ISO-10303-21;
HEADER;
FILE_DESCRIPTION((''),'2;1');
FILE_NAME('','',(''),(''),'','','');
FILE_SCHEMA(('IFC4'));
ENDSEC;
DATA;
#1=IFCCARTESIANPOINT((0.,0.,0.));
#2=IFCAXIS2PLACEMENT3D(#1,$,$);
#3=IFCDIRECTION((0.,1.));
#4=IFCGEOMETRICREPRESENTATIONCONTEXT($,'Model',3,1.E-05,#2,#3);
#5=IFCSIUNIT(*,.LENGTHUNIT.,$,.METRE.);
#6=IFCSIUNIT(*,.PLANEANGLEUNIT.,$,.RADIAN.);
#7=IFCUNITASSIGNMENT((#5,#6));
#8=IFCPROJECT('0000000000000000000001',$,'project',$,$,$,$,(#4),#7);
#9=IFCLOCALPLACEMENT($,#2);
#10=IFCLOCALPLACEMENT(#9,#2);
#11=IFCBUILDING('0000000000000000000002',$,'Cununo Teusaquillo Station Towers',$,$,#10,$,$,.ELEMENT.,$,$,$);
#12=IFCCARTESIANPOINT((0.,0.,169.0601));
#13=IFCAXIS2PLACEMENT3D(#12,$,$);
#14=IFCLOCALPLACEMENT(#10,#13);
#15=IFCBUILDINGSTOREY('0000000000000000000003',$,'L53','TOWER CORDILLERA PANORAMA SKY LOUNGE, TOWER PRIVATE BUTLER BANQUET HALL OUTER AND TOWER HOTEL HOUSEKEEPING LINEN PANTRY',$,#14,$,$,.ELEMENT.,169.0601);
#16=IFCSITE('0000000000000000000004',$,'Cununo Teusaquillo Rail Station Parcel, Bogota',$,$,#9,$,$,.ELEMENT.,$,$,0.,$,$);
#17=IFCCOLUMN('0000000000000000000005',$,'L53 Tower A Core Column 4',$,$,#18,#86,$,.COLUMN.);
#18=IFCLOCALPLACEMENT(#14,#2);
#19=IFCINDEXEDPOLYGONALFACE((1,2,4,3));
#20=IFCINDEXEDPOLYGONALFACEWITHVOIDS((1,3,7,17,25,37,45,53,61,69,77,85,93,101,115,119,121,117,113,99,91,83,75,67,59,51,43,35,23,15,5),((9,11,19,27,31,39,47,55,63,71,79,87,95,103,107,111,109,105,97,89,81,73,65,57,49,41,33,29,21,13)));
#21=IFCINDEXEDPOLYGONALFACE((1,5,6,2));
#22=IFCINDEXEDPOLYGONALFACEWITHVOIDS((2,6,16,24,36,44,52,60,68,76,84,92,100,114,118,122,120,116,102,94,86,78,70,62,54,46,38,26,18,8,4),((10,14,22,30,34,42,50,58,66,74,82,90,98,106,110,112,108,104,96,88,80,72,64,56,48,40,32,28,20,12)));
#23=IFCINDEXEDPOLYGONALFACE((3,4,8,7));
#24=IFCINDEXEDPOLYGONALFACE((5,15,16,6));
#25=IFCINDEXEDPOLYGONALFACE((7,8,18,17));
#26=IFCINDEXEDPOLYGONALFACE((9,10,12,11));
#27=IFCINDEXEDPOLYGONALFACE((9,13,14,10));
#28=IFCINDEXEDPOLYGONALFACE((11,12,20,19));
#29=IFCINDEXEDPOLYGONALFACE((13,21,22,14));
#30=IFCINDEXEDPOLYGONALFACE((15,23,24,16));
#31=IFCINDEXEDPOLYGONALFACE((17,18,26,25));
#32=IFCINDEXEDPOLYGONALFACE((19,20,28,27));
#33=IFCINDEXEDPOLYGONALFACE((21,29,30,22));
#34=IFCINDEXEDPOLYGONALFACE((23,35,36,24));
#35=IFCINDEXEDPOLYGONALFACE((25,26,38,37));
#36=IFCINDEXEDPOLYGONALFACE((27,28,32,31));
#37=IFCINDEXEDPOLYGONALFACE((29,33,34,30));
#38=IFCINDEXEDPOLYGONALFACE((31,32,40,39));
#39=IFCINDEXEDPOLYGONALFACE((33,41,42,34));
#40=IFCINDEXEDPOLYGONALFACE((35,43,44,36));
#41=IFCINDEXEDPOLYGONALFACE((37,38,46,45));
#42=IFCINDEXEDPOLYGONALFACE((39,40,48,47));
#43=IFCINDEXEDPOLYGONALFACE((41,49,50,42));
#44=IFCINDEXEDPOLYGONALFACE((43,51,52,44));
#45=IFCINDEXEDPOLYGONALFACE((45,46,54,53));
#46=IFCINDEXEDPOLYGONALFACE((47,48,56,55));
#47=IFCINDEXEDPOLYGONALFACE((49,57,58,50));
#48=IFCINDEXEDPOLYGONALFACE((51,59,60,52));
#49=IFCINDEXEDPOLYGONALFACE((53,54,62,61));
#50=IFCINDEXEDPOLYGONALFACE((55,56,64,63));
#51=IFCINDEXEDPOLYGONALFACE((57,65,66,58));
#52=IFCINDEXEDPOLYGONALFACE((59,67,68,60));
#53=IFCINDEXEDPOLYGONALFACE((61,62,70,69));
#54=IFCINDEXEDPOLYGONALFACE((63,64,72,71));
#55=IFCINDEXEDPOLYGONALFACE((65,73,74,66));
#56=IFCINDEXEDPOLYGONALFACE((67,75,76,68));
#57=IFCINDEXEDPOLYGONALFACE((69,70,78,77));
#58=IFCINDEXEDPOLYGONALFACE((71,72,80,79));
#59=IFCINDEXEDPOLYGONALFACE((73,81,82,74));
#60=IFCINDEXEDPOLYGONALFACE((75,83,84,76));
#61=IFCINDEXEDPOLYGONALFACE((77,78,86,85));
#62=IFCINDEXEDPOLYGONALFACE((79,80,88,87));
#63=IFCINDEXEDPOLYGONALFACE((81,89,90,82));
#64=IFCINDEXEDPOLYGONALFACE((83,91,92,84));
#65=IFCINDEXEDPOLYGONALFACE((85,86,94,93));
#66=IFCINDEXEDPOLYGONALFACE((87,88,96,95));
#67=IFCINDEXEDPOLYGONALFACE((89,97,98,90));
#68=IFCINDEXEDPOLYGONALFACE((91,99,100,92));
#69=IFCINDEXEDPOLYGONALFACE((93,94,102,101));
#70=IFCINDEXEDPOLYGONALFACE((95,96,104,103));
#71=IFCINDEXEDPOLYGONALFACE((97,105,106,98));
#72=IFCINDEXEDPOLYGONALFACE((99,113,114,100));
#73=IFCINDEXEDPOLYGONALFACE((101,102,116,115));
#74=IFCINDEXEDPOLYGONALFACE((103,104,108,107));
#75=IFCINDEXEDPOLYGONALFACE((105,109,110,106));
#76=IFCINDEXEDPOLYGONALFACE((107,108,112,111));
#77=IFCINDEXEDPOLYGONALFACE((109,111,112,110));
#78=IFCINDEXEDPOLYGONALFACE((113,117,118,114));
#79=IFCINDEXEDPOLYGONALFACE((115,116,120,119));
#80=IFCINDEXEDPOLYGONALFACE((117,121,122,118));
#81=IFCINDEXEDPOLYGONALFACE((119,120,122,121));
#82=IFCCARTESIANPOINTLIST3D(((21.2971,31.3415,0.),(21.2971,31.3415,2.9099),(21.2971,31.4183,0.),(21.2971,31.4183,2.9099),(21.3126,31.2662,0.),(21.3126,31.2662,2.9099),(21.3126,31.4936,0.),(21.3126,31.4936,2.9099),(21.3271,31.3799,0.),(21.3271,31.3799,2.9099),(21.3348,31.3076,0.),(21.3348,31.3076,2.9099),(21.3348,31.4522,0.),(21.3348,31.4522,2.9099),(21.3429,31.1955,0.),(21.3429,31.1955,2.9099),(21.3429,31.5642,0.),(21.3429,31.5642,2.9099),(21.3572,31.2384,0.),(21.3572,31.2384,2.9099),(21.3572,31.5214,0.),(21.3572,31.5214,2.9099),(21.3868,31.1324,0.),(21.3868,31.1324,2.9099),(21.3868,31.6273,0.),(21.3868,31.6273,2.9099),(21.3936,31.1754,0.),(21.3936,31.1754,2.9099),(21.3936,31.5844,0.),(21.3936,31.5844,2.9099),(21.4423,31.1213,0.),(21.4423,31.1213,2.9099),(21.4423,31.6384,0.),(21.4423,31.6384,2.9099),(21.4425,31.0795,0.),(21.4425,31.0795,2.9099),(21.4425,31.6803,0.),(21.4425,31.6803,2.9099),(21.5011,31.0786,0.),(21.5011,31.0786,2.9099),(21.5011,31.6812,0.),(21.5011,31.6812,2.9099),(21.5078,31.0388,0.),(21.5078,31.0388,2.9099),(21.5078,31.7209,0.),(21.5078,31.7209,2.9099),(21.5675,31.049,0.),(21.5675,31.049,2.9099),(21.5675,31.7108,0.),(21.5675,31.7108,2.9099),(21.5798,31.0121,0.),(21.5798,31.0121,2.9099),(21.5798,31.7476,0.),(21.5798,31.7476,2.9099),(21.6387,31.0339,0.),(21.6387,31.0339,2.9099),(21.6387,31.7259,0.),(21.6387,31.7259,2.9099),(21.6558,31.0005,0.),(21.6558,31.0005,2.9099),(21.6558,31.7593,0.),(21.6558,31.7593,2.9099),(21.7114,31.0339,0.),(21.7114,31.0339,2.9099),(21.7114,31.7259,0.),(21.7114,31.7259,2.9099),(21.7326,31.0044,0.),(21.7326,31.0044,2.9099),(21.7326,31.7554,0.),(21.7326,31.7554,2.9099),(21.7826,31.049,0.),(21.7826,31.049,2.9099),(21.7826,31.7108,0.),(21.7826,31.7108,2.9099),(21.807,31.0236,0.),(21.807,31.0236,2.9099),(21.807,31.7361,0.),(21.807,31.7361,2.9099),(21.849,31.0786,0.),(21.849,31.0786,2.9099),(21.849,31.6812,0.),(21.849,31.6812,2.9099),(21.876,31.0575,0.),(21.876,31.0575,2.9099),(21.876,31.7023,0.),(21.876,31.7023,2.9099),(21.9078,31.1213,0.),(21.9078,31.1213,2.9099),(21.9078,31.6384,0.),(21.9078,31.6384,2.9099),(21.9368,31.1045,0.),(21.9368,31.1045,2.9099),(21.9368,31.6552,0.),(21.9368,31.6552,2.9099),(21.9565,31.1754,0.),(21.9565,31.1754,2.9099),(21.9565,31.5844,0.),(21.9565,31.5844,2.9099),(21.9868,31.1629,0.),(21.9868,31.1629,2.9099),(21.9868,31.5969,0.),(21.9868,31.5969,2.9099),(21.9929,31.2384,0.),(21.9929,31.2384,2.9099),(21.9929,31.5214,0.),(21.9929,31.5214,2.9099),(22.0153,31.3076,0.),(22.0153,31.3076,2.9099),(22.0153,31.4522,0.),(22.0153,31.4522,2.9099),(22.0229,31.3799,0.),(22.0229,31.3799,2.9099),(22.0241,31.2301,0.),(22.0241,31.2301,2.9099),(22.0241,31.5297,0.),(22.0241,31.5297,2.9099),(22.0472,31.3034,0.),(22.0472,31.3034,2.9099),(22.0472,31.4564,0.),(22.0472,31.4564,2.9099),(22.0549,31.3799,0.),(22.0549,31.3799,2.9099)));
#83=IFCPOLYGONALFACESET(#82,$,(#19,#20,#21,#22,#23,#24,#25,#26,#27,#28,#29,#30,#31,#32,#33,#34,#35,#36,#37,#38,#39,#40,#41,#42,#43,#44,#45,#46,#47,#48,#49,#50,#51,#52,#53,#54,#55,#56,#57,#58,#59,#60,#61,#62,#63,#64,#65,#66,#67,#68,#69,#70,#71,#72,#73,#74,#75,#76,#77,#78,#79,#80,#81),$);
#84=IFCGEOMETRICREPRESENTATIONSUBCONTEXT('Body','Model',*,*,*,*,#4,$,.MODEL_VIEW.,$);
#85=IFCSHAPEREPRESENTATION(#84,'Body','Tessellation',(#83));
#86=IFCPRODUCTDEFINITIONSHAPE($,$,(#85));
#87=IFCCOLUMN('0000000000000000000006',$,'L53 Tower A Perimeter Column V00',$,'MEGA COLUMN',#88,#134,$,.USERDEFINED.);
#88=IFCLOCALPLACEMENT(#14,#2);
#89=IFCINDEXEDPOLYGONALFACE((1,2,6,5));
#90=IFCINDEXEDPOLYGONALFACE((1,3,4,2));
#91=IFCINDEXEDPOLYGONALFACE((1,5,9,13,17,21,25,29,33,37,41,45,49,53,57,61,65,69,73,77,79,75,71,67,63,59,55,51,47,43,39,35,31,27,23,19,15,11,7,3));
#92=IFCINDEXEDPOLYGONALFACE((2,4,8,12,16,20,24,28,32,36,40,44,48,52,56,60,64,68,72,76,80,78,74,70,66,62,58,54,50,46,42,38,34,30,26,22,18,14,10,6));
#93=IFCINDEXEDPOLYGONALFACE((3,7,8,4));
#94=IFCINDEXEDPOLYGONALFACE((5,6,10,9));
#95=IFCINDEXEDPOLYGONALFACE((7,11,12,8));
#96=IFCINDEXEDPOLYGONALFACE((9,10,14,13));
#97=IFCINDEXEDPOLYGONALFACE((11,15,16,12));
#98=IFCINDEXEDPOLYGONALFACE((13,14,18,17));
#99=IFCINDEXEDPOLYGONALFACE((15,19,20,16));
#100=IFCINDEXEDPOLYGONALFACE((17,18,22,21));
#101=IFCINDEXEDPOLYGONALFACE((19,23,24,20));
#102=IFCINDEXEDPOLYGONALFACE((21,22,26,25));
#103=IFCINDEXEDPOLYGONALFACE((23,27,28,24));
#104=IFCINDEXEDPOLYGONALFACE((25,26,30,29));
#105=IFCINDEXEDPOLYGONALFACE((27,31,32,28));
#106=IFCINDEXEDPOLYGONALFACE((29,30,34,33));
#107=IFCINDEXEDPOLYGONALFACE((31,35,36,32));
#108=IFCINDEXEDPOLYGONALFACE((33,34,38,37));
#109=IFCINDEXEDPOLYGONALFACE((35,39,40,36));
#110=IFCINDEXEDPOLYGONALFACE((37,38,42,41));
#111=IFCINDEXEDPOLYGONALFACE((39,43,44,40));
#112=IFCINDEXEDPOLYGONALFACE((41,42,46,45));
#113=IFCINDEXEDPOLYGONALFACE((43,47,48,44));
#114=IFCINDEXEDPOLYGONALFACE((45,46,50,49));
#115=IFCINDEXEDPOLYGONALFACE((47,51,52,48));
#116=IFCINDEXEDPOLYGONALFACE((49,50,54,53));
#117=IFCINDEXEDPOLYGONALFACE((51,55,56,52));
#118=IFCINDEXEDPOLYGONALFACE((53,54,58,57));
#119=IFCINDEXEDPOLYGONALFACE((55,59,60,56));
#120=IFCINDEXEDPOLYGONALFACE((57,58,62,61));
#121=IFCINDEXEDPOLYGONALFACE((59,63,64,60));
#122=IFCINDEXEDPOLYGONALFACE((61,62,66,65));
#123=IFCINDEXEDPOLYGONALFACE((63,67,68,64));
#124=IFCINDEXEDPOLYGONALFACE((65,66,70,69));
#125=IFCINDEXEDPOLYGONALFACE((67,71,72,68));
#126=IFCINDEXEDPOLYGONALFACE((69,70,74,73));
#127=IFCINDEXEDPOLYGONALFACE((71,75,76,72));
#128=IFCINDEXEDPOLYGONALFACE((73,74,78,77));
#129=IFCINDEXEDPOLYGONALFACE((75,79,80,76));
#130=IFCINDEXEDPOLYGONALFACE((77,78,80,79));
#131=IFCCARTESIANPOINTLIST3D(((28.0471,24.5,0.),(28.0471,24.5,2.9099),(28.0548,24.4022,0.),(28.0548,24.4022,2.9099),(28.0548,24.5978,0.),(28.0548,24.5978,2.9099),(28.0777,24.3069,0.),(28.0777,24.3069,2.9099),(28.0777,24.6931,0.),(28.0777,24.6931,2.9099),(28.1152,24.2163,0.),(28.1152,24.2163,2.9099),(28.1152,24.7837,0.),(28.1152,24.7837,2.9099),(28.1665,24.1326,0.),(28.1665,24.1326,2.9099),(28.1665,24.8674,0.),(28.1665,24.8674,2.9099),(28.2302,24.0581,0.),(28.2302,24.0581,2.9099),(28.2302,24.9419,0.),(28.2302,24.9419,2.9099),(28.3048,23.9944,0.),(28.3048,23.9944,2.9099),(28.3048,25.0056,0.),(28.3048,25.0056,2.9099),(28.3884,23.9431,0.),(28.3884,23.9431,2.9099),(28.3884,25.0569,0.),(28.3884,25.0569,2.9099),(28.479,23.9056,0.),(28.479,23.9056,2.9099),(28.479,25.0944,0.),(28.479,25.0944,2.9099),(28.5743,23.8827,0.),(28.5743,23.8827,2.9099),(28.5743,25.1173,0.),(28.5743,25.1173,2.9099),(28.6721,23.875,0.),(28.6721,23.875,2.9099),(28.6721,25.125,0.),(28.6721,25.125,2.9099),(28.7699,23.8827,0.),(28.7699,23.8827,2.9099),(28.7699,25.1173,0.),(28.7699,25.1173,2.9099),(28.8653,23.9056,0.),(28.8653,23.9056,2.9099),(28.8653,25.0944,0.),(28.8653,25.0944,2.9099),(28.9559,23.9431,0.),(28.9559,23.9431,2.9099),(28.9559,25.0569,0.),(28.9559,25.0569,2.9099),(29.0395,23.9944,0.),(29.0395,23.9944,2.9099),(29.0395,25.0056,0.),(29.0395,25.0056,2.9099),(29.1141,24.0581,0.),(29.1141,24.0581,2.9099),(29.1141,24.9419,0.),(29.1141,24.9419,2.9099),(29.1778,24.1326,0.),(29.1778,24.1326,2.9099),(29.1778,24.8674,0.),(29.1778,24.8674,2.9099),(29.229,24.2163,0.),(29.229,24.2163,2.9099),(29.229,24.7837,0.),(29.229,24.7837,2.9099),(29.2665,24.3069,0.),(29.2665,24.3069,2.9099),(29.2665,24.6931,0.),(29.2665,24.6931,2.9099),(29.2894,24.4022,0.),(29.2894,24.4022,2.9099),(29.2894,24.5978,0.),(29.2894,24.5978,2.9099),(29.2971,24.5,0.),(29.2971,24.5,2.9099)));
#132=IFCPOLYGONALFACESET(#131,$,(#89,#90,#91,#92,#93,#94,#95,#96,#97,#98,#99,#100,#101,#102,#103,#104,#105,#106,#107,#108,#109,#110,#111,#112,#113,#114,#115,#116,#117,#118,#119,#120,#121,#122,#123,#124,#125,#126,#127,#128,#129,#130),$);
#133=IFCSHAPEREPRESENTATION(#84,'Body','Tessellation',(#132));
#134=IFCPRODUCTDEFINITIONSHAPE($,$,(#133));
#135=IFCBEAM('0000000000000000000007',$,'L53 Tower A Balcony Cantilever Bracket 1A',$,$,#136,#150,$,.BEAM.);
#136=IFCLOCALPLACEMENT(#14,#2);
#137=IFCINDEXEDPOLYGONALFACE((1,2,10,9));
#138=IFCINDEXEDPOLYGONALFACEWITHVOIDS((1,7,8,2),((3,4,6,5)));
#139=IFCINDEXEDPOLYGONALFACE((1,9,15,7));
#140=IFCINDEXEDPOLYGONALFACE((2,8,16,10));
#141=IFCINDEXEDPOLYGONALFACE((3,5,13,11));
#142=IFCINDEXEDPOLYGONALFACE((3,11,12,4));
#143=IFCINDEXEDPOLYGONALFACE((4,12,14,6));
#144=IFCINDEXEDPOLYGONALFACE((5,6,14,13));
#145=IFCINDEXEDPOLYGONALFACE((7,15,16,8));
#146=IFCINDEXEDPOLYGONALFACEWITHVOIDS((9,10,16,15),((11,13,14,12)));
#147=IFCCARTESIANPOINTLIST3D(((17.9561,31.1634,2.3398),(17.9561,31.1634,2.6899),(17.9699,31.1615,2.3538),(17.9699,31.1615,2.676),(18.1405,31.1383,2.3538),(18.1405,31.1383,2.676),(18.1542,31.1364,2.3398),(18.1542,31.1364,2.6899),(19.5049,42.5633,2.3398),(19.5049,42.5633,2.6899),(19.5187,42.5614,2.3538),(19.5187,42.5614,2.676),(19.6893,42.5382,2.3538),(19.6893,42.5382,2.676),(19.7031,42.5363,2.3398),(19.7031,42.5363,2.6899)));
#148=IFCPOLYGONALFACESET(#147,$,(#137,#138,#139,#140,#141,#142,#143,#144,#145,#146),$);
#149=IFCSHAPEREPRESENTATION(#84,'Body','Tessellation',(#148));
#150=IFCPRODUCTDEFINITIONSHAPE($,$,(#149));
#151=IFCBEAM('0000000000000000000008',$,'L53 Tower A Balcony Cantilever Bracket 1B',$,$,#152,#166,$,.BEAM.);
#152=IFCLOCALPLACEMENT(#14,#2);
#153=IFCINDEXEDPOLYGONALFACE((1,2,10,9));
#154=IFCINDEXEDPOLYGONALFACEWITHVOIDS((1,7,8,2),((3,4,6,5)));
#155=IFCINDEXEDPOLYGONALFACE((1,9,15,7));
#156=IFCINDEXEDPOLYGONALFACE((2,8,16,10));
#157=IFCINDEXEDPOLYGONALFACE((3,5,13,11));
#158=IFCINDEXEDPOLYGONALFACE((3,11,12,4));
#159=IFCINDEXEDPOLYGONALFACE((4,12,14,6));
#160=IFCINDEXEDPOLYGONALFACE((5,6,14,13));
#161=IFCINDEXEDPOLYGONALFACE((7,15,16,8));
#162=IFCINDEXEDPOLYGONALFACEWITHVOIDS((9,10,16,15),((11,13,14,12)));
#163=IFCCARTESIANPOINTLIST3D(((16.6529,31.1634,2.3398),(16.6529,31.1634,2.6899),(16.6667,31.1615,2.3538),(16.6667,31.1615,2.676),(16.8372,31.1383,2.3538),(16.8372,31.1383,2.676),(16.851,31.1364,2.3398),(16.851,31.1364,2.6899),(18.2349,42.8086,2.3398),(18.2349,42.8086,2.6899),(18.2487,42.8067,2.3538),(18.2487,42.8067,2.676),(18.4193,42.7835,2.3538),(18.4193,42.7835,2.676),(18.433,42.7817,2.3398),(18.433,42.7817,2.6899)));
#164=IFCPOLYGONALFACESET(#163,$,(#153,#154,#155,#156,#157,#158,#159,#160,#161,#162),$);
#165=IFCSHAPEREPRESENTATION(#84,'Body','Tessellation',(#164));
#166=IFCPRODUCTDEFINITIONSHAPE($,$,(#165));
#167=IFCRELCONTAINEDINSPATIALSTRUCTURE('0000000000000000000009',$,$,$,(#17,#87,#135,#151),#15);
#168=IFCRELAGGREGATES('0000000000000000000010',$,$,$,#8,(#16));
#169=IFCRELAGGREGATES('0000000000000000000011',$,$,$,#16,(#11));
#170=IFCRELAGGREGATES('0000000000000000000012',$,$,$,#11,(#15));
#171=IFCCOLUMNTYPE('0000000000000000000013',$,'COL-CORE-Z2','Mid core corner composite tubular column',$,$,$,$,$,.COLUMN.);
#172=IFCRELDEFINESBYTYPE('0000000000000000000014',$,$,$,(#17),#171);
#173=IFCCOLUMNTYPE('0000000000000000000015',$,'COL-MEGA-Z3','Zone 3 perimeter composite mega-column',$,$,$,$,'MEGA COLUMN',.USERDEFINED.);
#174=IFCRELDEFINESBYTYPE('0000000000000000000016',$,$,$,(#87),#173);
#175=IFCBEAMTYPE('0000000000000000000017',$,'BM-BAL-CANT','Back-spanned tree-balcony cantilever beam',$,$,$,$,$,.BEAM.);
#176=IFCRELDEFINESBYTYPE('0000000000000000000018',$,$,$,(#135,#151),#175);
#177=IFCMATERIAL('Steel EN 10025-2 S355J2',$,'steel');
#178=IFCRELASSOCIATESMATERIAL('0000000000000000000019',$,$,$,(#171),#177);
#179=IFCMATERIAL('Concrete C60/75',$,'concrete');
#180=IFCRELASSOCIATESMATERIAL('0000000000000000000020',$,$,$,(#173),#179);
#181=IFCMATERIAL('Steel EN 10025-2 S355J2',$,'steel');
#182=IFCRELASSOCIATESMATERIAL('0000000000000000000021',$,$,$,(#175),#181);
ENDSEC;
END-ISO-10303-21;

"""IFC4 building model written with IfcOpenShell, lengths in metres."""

from ifc_helpers import new_model, si_unit, direction, frame, origin, origin_2d, place, context, subcontext, project, spatial, hollow_rectangle, circle, hollow_circle, extrude, material, material_profile, profile_set, type_object, element, save


model = new_model("IFC4")

# Units and contexts
model_context = context("Model", 3, precision=1e-05, world=origin(), true_north=direction((0.0, 1.0)))
body_context = subcontext(model_context, "Body", "Model", "MODEL_VIEW")
ifc_project = project(units=[si_unit("LENGTHUNIT", "METRE"), si_unit("PLANEANGLEUNIT", "RADIAN")], contexts=[model_context])

# Site, building, storey
site_placement = place(None, origin())
site = spatial("IfcSite", under=ifc_project, at=site_placement, Name="Cununo Teusaquillo Rail Station Parcel, Bogota", CompositionType="ELEMENT", RefElevation=0.0)
building_placement = place(site_placement, origin())
building = spatial("IfcBuilding", under=site, at=building_placement, Name="Cununo Teusaquillo Station Towers", CompositionType="ELEMENT")
storey_placement = place(building_placement, frame((0.0, 0.0, 169.0601)))
storey = spatial("IfcBuildingStorey", under=building, at=storey_placement, Name="L53", Description="TOWER CORDILLERA PANORAMA SKY LOUNGE, TOWER PRIVATE BUTLER BANQUET HALL OUTER AND TOWER HOTEL HOUSEKEEPING LINEN PANTRY", CompositionType="ELEMENT", Elevation=169.0601)

# Columns
ifc_material_1 = material(Name="Steel EN 10025-2 S355J2", Category="steel")
ifc_material_profile_1 = material_profile(ifc_material_1, hollow_circle(Radius=0.3799, WallThickness=0.032, at=origin_2d()), Name="CHS 760x32")
ifc_profile_set_1 = profile_set([ifc_material_profile_1], Name="Steel EN 10025-2 S355J2")
column_type_1 = type_object("IfcColumnType", Name="COL-CORE-Z2", Description="Mid core corner composite tubular column", PredefinedType="COLUMN", material=ifc_profile_set_1)
column_1_placement = place(storey_placement, frame((21.675, 31.3799, 0.0), z_axis=(0.0, 0.0, 1.0), x_axis=(1.0, 0.0, 0.0)))
element("IfcColumn", 1, at=column_1_placement, inside=storey, type_object=column_type_1, Name="L53 Tower A Core Column 4", PredefinedType="COLUMN", context=body_context, shape_type="SweptSolid", body=[
    extrude(hollow_circle(Radius=0.3799, WallThickness=0.032, at=origin_2d()), origin(), (0.0, 0.0, 1.0), 2.9099),
])
ifc_material_2 = material(Name="Concrete C60/75", Category="concrete")
ifc_material_profile_2 = material_profile(ifc_material_2, circle(Radius=0.625, at=origin_2d()), Name="RC-CIRC-1250")
ifc_profile_set_2 = profile_set([ifc_material_profile_2], Name="Concrete C60/75")
column_type_2 = type_object("IfcColumnType", Name="COL-MEGA-Z3", Description="Zone 3 perimeter composite mega-column", ElementType="MEGA COLUMN", PredefinedType="USERDEFINED", material=ifc_profile_set_2)
column_2_placement = place(storey_placement, frame((28.6721, 24.5, 0.0), z_axis=(0.0, 0.0, 1.0), x_axis=(1.0, 0.0, 0.0)))
element("IfcColumn", 2, at=column_2_placement, inside=storey, type_object=column_type_2, Name="L53 Tower A Perimeter Column V00", ObjectType="MEGA COLUMN", PredefinedType="USERDEFINED", context=body_context, shape_type="SweptSolid", body=[
    extrude(circle(Radius=0.625, at=origin_2d()), origin(), (0.0, 0.0, 1.0), 2.9099),
])

# Beams
ifc_material_3 = material(Name="Steel EN 10025-2 S355J2", Category="steel")
ifc_material_profile_3 = material_profile(ifc_material_3, hollow_rectangle(XDim=0.2, YDim=0.3501, WallThickness=0.0139, at=origin_2d()), Name="RHS 350x200x14")
ifc_profile_set_3 = profile_set([ifc_material_profile_3], Name="Steel EN 10025-2 S355J2")
beam_type_1 = type_object("IfcBeamType", Name="BM-BAL-CANT", Description="Back-spanned tree-balcony cantilever beam", PredefinedType="BEAM", material=ifc_profile_set_3)
beam_1_placement = place(storey_placement, frame((18.0552, 31.1499, 2.5149), z_axis=(0.134626, 0.990896, 0.0), x_axis=(-0.990896, 0.134626, 0.0)))
element("IfcBeam", 3, at=beam_1_placement, inside=storey, type_object=beam_type_1, Name="L53 Tower A Balcony Cantilever Bracket 1A", PredefinedType="BEAM", context=body_context, shape_type="SweptSolid", body=[
    extrude(hollow_rectangle(XDim=0.2, YDim=0.3501, WallThickness=0.0139, at=origin_2d()), origin(), (0.0, 0.0, 1.0), 11.5046),
])
beam_2_placement = place(storey_placement, frame((16.752, 31.1499, 2.5149), z_axis=(0.134615, 0.990898, 0.0), x_axis=(-0.990898, 0.134615, 0.0)))
element("IfcBeam", 4, at=beam_2_placement, inside=storey, type_object=beam_type_1, Name="L53 Tower A Balcony Cantilever Bracket 1B", PredefinedType="BEAM", context=body_context, shape_type="SweptSolid", body=[
    extrude(hollow_rectangle(XDim=0.2, YDim=0.3501, WallThickness=0.0139, at=origin_2d()), origin(), (0.0, 0.0, 1.0), 11.7522),
])

save(model, "model.ifc")
